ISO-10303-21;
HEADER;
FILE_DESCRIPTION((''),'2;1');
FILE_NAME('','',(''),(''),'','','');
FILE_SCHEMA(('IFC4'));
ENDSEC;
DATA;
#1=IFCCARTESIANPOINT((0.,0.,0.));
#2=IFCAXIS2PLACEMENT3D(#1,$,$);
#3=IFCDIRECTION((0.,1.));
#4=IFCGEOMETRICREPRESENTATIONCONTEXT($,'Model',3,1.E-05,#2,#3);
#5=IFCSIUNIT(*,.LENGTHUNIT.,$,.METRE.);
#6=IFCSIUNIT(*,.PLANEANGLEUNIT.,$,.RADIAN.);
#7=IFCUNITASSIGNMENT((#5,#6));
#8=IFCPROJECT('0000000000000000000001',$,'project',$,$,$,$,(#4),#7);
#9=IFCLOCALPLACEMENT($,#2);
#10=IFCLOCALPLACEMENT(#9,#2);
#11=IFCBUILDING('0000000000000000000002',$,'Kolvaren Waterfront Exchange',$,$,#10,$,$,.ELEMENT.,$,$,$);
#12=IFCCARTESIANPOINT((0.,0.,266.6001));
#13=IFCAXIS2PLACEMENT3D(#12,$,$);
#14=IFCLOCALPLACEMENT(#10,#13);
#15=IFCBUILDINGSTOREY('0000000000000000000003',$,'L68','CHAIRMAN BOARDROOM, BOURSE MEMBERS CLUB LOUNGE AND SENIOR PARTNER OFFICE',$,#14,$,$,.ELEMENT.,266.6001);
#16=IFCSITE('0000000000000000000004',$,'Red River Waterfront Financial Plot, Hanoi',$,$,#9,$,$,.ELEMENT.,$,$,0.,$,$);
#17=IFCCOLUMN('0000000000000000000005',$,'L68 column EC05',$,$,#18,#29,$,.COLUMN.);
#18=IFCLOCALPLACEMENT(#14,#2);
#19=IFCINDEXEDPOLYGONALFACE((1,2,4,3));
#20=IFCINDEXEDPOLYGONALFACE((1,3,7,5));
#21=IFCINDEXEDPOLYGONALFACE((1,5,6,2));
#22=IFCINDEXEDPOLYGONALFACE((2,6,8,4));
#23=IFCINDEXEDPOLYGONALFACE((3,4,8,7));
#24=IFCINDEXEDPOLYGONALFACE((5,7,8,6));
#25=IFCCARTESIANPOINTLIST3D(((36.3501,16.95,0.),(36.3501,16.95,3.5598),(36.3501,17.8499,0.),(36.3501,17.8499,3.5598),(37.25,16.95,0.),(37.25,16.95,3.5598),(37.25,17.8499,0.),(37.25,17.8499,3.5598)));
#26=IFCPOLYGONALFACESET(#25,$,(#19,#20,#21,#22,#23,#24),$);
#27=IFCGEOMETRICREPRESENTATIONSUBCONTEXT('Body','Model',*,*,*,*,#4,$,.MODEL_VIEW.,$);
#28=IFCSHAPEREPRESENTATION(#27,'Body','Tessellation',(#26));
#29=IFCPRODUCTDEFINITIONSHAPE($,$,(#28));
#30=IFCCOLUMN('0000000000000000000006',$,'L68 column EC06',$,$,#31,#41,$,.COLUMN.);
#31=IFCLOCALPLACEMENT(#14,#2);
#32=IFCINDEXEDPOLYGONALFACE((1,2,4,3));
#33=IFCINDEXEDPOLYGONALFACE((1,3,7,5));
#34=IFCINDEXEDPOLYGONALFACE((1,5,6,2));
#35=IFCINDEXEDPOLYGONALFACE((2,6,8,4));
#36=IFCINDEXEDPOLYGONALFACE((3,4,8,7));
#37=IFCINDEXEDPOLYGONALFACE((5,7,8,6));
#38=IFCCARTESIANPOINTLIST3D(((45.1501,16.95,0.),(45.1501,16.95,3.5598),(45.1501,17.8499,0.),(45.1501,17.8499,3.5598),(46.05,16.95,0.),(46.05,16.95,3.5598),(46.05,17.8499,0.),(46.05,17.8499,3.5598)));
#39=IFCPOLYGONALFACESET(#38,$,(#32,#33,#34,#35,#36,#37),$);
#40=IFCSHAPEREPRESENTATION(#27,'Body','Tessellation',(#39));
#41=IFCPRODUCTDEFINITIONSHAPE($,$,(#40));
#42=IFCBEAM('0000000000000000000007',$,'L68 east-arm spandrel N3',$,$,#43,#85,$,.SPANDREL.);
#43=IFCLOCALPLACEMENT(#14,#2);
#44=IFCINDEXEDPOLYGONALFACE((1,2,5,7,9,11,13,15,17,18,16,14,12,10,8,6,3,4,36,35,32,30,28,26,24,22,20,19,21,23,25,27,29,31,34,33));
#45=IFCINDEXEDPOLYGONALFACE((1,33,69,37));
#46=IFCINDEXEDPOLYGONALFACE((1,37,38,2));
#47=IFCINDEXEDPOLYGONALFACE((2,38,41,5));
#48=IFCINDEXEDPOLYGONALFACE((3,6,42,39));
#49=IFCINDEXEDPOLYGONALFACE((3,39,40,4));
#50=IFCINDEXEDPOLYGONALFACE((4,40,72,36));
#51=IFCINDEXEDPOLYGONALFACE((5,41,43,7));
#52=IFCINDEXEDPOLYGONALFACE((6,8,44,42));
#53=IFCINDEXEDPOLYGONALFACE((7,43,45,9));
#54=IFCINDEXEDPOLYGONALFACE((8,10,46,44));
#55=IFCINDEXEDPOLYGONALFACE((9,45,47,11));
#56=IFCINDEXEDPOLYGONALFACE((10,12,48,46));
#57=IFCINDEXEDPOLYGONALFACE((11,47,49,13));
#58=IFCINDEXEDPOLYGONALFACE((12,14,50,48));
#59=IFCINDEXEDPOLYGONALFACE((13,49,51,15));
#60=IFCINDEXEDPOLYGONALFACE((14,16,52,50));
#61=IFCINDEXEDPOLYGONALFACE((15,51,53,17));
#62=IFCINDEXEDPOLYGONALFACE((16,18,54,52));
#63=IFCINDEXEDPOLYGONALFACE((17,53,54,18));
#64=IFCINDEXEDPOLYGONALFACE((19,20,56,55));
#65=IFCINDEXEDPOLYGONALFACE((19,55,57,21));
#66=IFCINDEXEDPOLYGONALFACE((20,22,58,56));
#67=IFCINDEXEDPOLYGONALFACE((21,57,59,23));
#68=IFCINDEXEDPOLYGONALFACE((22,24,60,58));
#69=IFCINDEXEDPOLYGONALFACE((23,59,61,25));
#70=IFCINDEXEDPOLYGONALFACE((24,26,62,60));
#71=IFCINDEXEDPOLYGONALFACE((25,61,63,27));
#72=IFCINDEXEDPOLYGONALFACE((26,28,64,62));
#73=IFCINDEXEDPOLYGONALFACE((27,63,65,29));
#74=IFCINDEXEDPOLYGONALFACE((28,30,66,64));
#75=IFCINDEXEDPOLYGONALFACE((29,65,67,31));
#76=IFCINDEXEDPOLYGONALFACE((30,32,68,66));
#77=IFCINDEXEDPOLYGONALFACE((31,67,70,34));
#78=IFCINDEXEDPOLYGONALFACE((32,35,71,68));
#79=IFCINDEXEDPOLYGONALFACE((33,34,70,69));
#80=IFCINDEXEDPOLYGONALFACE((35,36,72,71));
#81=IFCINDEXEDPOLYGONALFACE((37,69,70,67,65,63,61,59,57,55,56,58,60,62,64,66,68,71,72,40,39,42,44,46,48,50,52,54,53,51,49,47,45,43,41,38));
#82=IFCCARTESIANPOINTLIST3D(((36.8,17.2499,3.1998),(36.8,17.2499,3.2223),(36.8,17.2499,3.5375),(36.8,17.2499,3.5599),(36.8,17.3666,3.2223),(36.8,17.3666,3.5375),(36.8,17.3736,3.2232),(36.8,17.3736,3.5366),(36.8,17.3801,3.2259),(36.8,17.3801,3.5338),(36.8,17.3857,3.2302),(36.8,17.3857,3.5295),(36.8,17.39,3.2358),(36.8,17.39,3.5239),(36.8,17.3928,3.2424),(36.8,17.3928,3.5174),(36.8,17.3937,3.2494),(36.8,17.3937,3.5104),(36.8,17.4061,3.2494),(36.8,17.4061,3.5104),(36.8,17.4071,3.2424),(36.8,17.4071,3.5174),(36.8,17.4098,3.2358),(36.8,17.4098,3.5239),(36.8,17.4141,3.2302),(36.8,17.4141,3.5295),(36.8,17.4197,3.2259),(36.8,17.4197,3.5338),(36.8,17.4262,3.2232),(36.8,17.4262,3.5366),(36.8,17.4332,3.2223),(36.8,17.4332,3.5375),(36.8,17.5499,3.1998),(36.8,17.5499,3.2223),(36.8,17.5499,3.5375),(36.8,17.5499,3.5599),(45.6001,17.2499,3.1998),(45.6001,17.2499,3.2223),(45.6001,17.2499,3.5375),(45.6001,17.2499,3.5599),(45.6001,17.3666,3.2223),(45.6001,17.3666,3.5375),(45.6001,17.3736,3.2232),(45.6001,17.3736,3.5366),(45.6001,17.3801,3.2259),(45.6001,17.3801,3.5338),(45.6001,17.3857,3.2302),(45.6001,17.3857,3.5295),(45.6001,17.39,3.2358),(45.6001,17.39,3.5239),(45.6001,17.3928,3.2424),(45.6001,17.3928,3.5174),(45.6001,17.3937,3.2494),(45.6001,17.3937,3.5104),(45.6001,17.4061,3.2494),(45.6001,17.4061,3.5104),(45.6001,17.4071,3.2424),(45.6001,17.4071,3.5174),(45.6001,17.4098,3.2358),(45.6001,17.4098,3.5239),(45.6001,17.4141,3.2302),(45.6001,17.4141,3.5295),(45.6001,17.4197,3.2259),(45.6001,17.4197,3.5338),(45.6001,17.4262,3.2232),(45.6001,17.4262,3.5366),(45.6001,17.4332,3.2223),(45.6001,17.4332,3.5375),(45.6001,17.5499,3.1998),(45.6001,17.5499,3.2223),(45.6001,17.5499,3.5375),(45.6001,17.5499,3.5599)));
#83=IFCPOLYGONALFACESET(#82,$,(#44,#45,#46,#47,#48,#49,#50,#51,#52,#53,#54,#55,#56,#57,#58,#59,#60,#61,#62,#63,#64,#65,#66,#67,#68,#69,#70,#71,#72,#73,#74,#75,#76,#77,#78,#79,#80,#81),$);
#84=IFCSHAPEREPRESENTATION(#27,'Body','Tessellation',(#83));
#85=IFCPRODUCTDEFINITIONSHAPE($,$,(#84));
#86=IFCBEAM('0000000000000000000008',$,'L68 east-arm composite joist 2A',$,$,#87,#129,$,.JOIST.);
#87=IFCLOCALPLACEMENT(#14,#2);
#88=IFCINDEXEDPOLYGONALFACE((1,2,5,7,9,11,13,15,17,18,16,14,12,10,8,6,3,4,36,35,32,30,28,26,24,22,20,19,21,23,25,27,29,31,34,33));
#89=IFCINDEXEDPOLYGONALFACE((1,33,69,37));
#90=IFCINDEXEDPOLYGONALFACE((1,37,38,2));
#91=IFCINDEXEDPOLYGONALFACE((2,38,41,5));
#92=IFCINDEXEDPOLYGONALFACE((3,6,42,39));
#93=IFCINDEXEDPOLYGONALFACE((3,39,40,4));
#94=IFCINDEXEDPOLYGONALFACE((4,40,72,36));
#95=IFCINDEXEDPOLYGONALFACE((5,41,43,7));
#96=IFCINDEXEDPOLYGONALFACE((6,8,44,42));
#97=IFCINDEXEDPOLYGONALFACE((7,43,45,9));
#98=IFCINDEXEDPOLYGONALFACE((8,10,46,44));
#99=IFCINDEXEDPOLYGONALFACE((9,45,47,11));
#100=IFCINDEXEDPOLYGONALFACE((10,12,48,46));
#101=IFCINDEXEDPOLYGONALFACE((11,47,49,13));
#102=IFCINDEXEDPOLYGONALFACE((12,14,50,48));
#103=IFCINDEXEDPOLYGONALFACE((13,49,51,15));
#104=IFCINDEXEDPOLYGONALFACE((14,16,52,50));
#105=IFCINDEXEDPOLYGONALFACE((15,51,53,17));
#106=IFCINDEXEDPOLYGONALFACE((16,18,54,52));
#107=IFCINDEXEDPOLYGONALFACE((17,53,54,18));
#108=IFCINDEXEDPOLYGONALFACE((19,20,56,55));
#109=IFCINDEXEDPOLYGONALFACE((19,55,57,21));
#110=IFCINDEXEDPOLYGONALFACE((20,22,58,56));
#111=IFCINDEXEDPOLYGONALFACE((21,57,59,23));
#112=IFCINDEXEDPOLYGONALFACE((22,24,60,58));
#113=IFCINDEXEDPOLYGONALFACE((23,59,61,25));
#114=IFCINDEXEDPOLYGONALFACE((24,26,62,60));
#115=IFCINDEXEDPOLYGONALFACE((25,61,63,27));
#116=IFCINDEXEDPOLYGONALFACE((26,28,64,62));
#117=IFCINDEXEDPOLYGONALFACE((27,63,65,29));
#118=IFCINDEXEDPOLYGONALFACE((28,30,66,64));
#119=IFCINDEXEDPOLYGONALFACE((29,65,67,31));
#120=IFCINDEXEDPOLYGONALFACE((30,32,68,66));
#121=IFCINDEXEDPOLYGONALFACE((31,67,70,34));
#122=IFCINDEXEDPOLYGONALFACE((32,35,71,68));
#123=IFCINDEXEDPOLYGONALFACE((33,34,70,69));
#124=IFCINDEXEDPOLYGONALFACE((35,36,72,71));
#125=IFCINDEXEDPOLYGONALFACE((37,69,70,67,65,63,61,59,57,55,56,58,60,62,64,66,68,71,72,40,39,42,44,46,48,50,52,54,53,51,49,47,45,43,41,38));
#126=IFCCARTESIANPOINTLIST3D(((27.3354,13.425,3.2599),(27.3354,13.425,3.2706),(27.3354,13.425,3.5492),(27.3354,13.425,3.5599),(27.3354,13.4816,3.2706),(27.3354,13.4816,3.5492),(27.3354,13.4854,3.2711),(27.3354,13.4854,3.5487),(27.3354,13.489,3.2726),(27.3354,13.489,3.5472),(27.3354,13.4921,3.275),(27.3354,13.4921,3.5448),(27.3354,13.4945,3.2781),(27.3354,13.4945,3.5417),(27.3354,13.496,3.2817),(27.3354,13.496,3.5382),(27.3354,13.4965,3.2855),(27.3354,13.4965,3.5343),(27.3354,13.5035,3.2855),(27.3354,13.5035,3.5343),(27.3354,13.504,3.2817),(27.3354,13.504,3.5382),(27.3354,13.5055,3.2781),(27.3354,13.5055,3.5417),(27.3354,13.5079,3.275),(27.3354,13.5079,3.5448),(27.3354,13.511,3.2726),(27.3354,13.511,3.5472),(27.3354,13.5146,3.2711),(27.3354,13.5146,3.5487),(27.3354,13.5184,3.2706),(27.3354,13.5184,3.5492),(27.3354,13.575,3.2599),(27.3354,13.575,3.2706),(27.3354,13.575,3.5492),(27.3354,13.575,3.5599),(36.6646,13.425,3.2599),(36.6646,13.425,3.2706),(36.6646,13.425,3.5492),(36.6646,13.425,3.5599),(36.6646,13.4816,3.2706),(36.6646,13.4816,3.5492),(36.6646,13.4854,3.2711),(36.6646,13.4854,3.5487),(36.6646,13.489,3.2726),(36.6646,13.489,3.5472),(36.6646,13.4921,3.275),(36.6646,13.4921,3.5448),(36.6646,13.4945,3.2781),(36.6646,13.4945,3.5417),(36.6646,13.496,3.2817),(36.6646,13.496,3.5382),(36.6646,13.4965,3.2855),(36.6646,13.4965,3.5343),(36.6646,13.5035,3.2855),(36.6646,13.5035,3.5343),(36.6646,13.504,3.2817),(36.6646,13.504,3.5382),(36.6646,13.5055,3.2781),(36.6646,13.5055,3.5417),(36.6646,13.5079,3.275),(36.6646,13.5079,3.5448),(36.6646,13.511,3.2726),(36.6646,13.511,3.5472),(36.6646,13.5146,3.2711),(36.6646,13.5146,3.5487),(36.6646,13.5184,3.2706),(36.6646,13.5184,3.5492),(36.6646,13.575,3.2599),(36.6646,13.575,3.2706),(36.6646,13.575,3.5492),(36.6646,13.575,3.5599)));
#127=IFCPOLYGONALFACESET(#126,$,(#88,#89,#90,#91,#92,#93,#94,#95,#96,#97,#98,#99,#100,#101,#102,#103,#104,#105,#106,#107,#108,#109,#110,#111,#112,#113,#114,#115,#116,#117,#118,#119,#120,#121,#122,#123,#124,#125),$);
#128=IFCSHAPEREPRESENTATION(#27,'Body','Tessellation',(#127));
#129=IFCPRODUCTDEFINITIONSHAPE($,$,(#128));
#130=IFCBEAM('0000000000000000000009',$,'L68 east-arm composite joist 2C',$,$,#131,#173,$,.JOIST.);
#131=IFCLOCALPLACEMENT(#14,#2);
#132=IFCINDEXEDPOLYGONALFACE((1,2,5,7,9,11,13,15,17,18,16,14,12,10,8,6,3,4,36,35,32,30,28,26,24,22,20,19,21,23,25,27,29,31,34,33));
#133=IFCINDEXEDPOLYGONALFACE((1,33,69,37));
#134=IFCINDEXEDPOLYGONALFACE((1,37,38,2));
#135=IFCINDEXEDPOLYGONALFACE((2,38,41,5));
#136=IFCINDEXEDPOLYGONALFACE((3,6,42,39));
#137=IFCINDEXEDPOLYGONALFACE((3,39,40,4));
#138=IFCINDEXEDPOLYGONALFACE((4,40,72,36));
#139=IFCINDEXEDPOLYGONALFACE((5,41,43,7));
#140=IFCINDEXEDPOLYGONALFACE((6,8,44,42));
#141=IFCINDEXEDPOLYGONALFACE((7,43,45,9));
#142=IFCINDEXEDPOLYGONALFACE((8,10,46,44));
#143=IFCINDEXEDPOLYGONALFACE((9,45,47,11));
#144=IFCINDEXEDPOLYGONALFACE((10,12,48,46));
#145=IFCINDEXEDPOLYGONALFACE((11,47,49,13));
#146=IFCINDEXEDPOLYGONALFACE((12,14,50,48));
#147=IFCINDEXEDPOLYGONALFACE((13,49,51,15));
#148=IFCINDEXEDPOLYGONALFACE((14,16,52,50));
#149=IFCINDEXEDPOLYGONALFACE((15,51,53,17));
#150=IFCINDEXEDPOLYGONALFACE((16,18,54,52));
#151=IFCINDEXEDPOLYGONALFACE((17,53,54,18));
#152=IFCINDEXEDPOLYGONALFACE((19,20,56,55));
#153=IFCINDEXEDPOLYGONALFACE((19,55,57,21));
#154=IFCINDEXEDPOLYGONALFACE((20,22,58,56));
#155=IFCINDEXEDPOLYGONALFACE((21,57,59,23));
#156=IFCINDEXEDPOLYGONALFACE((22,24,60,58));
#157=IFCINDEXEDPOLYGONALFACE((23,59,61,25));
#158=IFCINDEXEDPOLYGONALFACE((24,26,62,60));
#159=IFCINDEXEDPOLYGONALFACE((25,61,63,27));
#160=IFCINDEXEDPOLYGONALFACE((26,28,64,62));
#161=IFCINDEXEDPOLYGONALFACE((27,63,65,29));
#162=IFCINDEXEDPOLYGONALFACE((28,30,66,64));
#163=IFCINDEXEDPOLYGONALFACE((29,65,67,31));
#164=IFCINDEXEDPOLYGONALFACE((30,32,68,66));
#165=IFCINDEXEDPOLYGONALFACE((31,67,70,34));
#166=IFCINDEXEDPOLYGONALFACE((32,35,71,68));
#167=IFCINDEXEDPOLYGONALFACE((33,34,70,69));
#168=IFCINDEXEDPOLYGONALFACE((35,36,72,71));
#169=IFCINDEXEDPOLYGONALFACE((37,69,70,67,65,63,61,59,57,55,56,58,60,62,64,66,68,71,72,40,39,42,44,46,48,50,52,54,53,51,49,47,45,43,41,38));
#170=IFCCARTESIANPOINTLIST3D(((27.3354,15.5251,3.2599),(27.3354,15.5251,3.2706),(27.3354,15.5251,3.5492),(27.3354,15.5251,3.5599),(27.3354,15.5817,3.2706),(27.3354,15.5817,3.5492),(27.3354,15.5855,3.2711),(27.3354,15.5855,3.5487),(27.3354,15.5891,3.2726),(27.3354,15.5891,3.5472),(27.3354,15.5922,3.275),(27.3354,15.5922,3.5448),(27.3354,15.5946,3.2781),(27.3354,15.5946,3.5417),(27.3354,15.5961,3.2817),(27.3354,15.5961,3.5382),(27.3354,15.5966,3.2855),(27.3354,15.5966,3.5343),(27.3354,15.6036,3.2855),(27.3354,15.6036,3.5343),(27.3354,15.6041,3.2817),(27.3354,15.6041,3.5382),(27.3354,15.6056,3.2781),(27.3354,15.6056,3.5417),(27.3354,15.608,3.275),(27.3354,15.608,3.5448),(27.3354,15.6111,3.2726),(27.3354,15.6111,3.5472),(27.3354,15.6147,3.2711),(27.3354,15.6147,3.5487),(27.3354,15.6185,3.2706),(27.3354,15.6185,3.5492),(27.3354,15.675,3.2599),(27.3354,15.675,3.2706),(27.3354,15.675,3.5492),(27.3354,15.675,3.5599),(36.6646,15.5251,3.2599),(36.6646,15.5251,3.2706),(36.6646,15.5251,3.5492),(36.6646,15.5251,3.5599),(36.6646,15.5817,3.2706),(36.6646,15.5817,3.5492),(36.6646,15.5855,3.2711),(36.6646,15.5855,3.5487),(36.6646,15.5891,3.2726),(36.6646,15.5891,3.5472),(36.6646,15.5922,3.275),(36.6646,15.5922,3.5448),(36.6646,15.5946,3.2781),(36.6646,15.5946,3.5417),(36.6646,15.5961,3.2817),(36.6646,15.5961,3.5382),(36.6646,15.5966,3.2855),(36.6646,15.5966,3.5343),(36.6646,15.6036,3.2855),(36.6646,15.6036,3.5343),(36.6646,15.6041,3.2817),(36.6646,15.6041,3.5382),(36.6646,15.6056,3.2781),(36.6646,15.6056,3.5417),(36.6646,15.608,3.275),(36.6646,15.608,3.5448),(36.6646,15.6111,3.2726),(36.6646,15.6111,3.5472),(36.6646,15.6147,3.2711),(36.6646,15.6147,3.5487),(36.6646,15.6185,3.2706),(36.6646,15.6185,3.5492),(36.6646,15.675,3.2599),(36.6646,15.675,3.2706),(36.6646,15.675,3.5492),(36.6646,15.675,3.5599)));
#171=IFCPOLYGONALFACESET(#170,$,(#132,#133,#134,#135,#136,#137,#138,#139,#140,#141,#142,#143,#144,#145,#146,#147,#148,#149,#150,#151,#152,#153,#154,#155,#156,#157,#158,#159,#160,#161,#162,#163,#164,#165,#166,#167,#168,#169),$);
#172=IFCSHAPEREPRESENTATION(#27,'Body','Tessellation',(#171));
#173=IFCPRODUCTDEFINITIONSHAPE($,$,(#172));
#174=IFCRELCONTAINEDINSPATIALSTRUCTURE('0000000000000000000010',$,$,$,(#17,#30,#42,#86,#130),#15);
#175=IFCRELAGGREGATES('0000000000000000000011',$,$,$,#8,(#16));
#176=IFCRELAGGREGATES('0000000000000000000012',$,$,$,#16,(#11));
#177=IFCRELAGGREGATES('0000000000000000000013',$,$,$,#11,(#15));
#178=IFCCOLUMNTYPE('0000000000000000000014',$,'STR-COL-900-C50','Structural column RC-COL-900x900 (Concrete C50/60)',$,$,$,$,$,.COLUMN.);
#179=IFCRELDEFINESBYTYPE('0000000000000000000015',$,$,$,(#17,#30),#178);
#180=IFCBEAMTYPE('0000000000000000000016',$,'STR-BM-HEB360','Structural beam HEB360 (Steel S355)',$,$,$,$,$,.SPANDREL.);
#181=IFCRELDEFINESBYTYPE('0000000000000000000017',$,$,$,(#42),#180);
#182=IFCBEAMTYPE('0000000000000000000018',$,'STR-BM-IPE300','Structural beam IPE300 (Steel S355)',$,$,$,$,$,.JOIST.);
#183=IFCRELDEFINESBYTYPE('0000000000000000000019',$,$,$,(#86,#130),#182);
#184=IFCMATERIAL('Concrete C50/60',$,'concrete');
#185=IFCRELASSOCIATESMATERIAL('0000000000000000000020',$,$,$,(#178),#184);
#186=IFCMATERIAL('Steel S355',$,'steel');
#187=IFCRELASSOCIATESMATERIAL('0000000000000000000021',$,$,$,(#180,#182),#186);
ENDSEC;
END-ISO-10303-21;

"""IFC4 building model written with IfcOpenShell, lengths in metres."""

from ifc_helpers import new_model, si_unit, direction, frame, origin, origin_2d, place, context, subcontext, project, spatial, rectangle, i_section, extrude, material, material_profile, profile_set, type_object, element, save


model = new_model("IFC4")

# Units and contexts
model_context = context("Model", 3, precision=1e-05, world=origin(), true_north=direction((0.0, 1.0)))
body_context = subcontext(model_context, "Body", "Model", "MODEL_VIEW")
ifc_project = project(units=[si_unit("LENGTHUNIT", "METRE"), si_unit("PLANEANGLEUNIT", "RADIAN")], contexts=[model_context])

# Site, building, storey
site_placement = place(None, origin())
site = spatial("IfcSite", under=ifc_project, at=site_placement, Name="Red River Waterfront Financial Plot, Hanoi", CompositionType="ELEMENT", RefElevation=0.0)
building_placement = place(site_placement, origin())
building = spatial("IfcBuilding", under=site, at=building_placement, Name="Kolvaren Waterfront Exchange", CompositionType="ELEMENT")
storey_placement = place(building_placement, frame((0.0, 0.0, 266.6001)))
storey = spatial("IfcBuildingStorey", under=building, at=storey_placement, Name="L68", Description="CHAIRMAN BOARDROOM, BOURSE MEMBERS CLUB LOUNGE AND SENIOR PARTNER OFFICE", CompositionType="ELEMENT", Elevation=266.6001)

# Columns
ifc_material_1 = material(Name="Concrete C50/60", Category="concrete")
ifc_material_profile_1 = material_profile(ifc_material_1, rectangle(XDim=0.8999, YDim=0.8999, at=origin_2d()), Name="RC-COL-900x900")
ifc_profile_set_1 = profile_set([ifc_material_profile_1], Name="Concrete C50/60")
column_type = type_object("IfcColumnType", Name="STR-COL-900-C50", Description="Structural column RC-COL-900x900 (Concrete C50/60)", PredefinedType="COLUMN", material=ifc_profile_set_1)
for number, where, z_axis, x_axis, name in (
    (1, (36.8, 17.3999, 0.0), (0.0, 0.0, 1.0), (1.0, 0.0, 0.0), "L68 column EC05"),
    (2, (45.6001, 17.3999, 0.0), (0.0, 0.0, 1.0), (1.0, 0.0, 0.0), "L68 column EC06"),
):
    element("IfcColumn", number, at=place(storey_placement, frame(where, z_axis=z_axis, x_axis=x_axis)), inside=storey, type_object=column_type, Name=name, PredefinedType="COLUMN", context=body_context, shape_type="SweptSolid", body=[
        extrude(rectangle(XDim=0.8999, YDim=0.8999, at=origin_2d()), origin(), (0.0, 0.0, 1.0), 3.5598),
    ])

# Beams
ifc_material_2 = material(Name="Steel S355", Category="steel")
ifc_material_profile_2 = material_profile(ifc_material_2, i_section(OverallWidth=0.3, OverallDepth=0.3601, WebThickness=0.0125, FlangeThickness=0.0225, FilletRadius=0.0271, at=origin_2d()), Name="HEB360")
ifc_profile_set_2 = profile_set([ifc_material_profile_2], Name="Steel S355")
beam_type_1 = type_object("IfcBeamType", Name="STR-BM-HEB360", Description="Structural beam HEB360 (Steel S355)", PredefinedType="SPANDREL", material=ifc_profile_set_2)
beam_placement = place(storey_placement, frame((36.8, 17.3999, 3.3799), z_axis=(1.0, 0.0, 0.0), x_axis=(0.0, 1.0, 0.0)))
element("IfcBeam", 3, at=beam_placement, inside=storey, type_object=beam_type_1, Name="L68 east-arm spandrel N3", PredefinedType="SPANDREL", context=body_context, shape_type="SweptSolid", body=[
    extrude(i_section(OverallWidth=0.3, OverallDepth=0.3601, WebThickness=0.0125, FlangeThickness=0.0225, FilletRadius=0.0271, at=origin_2d()), origin(), (0.0, 0.0, 1.0), 8.8),
])
ifc_material_profile_3 = material_profile(ifc_material_2, i_section(OverallWidth=0.1499, OverallDepth=0.3, WebThickness=0.0071, FlangeThickness=0.0107, FilletRadius=0.0149, at=origin_2d()), Name="IPE300")
ifc_profile_set_3 = profile_set([ifc_material_profile_3], Name="Steel S355")
beam_type_2 = type_object("IfcBeamType", Name="STR-BM-IPE300", Description="Structural beam IPE300 (Steel S355)", PredefinedType="JOIST", material=ifc_profile_set_3)
for number, where, z_axis, x_axis, name in (
    (4, (27.3354, 13.5, 3.4099), (1.0, 0.0, 0.0), (0.0, 1.0, 0.0), "L68 east-arm composite joist 2A"),
    (5, (27.3354, 15.6001, 3.4099), (1.0, 0.0, 0.0), (0.0, 1.0, 0.0), "L68 east-arm composite joist 2C"),
):
    element("IfcBeam", number, at=place(storey_placement, frame(where, z_axis=z_axis, x_axis=x_axis)), inside=storey, type_object=beam_type_2, Name=name, PredefinedType="JOIST", context=body_context, shape_type="SweptSolid", body=[
        extrude(i_section(OverallWidth=0.1499, OverallDepth=0.3, WebThickness=0.0071, FlangeThickness=0.0107, FilletRadius=0.0149, at=origin_2d()), origin(), (0.0, 0.0, 1.0), 9.3291),
    ])

save(model, "model.ifc")
